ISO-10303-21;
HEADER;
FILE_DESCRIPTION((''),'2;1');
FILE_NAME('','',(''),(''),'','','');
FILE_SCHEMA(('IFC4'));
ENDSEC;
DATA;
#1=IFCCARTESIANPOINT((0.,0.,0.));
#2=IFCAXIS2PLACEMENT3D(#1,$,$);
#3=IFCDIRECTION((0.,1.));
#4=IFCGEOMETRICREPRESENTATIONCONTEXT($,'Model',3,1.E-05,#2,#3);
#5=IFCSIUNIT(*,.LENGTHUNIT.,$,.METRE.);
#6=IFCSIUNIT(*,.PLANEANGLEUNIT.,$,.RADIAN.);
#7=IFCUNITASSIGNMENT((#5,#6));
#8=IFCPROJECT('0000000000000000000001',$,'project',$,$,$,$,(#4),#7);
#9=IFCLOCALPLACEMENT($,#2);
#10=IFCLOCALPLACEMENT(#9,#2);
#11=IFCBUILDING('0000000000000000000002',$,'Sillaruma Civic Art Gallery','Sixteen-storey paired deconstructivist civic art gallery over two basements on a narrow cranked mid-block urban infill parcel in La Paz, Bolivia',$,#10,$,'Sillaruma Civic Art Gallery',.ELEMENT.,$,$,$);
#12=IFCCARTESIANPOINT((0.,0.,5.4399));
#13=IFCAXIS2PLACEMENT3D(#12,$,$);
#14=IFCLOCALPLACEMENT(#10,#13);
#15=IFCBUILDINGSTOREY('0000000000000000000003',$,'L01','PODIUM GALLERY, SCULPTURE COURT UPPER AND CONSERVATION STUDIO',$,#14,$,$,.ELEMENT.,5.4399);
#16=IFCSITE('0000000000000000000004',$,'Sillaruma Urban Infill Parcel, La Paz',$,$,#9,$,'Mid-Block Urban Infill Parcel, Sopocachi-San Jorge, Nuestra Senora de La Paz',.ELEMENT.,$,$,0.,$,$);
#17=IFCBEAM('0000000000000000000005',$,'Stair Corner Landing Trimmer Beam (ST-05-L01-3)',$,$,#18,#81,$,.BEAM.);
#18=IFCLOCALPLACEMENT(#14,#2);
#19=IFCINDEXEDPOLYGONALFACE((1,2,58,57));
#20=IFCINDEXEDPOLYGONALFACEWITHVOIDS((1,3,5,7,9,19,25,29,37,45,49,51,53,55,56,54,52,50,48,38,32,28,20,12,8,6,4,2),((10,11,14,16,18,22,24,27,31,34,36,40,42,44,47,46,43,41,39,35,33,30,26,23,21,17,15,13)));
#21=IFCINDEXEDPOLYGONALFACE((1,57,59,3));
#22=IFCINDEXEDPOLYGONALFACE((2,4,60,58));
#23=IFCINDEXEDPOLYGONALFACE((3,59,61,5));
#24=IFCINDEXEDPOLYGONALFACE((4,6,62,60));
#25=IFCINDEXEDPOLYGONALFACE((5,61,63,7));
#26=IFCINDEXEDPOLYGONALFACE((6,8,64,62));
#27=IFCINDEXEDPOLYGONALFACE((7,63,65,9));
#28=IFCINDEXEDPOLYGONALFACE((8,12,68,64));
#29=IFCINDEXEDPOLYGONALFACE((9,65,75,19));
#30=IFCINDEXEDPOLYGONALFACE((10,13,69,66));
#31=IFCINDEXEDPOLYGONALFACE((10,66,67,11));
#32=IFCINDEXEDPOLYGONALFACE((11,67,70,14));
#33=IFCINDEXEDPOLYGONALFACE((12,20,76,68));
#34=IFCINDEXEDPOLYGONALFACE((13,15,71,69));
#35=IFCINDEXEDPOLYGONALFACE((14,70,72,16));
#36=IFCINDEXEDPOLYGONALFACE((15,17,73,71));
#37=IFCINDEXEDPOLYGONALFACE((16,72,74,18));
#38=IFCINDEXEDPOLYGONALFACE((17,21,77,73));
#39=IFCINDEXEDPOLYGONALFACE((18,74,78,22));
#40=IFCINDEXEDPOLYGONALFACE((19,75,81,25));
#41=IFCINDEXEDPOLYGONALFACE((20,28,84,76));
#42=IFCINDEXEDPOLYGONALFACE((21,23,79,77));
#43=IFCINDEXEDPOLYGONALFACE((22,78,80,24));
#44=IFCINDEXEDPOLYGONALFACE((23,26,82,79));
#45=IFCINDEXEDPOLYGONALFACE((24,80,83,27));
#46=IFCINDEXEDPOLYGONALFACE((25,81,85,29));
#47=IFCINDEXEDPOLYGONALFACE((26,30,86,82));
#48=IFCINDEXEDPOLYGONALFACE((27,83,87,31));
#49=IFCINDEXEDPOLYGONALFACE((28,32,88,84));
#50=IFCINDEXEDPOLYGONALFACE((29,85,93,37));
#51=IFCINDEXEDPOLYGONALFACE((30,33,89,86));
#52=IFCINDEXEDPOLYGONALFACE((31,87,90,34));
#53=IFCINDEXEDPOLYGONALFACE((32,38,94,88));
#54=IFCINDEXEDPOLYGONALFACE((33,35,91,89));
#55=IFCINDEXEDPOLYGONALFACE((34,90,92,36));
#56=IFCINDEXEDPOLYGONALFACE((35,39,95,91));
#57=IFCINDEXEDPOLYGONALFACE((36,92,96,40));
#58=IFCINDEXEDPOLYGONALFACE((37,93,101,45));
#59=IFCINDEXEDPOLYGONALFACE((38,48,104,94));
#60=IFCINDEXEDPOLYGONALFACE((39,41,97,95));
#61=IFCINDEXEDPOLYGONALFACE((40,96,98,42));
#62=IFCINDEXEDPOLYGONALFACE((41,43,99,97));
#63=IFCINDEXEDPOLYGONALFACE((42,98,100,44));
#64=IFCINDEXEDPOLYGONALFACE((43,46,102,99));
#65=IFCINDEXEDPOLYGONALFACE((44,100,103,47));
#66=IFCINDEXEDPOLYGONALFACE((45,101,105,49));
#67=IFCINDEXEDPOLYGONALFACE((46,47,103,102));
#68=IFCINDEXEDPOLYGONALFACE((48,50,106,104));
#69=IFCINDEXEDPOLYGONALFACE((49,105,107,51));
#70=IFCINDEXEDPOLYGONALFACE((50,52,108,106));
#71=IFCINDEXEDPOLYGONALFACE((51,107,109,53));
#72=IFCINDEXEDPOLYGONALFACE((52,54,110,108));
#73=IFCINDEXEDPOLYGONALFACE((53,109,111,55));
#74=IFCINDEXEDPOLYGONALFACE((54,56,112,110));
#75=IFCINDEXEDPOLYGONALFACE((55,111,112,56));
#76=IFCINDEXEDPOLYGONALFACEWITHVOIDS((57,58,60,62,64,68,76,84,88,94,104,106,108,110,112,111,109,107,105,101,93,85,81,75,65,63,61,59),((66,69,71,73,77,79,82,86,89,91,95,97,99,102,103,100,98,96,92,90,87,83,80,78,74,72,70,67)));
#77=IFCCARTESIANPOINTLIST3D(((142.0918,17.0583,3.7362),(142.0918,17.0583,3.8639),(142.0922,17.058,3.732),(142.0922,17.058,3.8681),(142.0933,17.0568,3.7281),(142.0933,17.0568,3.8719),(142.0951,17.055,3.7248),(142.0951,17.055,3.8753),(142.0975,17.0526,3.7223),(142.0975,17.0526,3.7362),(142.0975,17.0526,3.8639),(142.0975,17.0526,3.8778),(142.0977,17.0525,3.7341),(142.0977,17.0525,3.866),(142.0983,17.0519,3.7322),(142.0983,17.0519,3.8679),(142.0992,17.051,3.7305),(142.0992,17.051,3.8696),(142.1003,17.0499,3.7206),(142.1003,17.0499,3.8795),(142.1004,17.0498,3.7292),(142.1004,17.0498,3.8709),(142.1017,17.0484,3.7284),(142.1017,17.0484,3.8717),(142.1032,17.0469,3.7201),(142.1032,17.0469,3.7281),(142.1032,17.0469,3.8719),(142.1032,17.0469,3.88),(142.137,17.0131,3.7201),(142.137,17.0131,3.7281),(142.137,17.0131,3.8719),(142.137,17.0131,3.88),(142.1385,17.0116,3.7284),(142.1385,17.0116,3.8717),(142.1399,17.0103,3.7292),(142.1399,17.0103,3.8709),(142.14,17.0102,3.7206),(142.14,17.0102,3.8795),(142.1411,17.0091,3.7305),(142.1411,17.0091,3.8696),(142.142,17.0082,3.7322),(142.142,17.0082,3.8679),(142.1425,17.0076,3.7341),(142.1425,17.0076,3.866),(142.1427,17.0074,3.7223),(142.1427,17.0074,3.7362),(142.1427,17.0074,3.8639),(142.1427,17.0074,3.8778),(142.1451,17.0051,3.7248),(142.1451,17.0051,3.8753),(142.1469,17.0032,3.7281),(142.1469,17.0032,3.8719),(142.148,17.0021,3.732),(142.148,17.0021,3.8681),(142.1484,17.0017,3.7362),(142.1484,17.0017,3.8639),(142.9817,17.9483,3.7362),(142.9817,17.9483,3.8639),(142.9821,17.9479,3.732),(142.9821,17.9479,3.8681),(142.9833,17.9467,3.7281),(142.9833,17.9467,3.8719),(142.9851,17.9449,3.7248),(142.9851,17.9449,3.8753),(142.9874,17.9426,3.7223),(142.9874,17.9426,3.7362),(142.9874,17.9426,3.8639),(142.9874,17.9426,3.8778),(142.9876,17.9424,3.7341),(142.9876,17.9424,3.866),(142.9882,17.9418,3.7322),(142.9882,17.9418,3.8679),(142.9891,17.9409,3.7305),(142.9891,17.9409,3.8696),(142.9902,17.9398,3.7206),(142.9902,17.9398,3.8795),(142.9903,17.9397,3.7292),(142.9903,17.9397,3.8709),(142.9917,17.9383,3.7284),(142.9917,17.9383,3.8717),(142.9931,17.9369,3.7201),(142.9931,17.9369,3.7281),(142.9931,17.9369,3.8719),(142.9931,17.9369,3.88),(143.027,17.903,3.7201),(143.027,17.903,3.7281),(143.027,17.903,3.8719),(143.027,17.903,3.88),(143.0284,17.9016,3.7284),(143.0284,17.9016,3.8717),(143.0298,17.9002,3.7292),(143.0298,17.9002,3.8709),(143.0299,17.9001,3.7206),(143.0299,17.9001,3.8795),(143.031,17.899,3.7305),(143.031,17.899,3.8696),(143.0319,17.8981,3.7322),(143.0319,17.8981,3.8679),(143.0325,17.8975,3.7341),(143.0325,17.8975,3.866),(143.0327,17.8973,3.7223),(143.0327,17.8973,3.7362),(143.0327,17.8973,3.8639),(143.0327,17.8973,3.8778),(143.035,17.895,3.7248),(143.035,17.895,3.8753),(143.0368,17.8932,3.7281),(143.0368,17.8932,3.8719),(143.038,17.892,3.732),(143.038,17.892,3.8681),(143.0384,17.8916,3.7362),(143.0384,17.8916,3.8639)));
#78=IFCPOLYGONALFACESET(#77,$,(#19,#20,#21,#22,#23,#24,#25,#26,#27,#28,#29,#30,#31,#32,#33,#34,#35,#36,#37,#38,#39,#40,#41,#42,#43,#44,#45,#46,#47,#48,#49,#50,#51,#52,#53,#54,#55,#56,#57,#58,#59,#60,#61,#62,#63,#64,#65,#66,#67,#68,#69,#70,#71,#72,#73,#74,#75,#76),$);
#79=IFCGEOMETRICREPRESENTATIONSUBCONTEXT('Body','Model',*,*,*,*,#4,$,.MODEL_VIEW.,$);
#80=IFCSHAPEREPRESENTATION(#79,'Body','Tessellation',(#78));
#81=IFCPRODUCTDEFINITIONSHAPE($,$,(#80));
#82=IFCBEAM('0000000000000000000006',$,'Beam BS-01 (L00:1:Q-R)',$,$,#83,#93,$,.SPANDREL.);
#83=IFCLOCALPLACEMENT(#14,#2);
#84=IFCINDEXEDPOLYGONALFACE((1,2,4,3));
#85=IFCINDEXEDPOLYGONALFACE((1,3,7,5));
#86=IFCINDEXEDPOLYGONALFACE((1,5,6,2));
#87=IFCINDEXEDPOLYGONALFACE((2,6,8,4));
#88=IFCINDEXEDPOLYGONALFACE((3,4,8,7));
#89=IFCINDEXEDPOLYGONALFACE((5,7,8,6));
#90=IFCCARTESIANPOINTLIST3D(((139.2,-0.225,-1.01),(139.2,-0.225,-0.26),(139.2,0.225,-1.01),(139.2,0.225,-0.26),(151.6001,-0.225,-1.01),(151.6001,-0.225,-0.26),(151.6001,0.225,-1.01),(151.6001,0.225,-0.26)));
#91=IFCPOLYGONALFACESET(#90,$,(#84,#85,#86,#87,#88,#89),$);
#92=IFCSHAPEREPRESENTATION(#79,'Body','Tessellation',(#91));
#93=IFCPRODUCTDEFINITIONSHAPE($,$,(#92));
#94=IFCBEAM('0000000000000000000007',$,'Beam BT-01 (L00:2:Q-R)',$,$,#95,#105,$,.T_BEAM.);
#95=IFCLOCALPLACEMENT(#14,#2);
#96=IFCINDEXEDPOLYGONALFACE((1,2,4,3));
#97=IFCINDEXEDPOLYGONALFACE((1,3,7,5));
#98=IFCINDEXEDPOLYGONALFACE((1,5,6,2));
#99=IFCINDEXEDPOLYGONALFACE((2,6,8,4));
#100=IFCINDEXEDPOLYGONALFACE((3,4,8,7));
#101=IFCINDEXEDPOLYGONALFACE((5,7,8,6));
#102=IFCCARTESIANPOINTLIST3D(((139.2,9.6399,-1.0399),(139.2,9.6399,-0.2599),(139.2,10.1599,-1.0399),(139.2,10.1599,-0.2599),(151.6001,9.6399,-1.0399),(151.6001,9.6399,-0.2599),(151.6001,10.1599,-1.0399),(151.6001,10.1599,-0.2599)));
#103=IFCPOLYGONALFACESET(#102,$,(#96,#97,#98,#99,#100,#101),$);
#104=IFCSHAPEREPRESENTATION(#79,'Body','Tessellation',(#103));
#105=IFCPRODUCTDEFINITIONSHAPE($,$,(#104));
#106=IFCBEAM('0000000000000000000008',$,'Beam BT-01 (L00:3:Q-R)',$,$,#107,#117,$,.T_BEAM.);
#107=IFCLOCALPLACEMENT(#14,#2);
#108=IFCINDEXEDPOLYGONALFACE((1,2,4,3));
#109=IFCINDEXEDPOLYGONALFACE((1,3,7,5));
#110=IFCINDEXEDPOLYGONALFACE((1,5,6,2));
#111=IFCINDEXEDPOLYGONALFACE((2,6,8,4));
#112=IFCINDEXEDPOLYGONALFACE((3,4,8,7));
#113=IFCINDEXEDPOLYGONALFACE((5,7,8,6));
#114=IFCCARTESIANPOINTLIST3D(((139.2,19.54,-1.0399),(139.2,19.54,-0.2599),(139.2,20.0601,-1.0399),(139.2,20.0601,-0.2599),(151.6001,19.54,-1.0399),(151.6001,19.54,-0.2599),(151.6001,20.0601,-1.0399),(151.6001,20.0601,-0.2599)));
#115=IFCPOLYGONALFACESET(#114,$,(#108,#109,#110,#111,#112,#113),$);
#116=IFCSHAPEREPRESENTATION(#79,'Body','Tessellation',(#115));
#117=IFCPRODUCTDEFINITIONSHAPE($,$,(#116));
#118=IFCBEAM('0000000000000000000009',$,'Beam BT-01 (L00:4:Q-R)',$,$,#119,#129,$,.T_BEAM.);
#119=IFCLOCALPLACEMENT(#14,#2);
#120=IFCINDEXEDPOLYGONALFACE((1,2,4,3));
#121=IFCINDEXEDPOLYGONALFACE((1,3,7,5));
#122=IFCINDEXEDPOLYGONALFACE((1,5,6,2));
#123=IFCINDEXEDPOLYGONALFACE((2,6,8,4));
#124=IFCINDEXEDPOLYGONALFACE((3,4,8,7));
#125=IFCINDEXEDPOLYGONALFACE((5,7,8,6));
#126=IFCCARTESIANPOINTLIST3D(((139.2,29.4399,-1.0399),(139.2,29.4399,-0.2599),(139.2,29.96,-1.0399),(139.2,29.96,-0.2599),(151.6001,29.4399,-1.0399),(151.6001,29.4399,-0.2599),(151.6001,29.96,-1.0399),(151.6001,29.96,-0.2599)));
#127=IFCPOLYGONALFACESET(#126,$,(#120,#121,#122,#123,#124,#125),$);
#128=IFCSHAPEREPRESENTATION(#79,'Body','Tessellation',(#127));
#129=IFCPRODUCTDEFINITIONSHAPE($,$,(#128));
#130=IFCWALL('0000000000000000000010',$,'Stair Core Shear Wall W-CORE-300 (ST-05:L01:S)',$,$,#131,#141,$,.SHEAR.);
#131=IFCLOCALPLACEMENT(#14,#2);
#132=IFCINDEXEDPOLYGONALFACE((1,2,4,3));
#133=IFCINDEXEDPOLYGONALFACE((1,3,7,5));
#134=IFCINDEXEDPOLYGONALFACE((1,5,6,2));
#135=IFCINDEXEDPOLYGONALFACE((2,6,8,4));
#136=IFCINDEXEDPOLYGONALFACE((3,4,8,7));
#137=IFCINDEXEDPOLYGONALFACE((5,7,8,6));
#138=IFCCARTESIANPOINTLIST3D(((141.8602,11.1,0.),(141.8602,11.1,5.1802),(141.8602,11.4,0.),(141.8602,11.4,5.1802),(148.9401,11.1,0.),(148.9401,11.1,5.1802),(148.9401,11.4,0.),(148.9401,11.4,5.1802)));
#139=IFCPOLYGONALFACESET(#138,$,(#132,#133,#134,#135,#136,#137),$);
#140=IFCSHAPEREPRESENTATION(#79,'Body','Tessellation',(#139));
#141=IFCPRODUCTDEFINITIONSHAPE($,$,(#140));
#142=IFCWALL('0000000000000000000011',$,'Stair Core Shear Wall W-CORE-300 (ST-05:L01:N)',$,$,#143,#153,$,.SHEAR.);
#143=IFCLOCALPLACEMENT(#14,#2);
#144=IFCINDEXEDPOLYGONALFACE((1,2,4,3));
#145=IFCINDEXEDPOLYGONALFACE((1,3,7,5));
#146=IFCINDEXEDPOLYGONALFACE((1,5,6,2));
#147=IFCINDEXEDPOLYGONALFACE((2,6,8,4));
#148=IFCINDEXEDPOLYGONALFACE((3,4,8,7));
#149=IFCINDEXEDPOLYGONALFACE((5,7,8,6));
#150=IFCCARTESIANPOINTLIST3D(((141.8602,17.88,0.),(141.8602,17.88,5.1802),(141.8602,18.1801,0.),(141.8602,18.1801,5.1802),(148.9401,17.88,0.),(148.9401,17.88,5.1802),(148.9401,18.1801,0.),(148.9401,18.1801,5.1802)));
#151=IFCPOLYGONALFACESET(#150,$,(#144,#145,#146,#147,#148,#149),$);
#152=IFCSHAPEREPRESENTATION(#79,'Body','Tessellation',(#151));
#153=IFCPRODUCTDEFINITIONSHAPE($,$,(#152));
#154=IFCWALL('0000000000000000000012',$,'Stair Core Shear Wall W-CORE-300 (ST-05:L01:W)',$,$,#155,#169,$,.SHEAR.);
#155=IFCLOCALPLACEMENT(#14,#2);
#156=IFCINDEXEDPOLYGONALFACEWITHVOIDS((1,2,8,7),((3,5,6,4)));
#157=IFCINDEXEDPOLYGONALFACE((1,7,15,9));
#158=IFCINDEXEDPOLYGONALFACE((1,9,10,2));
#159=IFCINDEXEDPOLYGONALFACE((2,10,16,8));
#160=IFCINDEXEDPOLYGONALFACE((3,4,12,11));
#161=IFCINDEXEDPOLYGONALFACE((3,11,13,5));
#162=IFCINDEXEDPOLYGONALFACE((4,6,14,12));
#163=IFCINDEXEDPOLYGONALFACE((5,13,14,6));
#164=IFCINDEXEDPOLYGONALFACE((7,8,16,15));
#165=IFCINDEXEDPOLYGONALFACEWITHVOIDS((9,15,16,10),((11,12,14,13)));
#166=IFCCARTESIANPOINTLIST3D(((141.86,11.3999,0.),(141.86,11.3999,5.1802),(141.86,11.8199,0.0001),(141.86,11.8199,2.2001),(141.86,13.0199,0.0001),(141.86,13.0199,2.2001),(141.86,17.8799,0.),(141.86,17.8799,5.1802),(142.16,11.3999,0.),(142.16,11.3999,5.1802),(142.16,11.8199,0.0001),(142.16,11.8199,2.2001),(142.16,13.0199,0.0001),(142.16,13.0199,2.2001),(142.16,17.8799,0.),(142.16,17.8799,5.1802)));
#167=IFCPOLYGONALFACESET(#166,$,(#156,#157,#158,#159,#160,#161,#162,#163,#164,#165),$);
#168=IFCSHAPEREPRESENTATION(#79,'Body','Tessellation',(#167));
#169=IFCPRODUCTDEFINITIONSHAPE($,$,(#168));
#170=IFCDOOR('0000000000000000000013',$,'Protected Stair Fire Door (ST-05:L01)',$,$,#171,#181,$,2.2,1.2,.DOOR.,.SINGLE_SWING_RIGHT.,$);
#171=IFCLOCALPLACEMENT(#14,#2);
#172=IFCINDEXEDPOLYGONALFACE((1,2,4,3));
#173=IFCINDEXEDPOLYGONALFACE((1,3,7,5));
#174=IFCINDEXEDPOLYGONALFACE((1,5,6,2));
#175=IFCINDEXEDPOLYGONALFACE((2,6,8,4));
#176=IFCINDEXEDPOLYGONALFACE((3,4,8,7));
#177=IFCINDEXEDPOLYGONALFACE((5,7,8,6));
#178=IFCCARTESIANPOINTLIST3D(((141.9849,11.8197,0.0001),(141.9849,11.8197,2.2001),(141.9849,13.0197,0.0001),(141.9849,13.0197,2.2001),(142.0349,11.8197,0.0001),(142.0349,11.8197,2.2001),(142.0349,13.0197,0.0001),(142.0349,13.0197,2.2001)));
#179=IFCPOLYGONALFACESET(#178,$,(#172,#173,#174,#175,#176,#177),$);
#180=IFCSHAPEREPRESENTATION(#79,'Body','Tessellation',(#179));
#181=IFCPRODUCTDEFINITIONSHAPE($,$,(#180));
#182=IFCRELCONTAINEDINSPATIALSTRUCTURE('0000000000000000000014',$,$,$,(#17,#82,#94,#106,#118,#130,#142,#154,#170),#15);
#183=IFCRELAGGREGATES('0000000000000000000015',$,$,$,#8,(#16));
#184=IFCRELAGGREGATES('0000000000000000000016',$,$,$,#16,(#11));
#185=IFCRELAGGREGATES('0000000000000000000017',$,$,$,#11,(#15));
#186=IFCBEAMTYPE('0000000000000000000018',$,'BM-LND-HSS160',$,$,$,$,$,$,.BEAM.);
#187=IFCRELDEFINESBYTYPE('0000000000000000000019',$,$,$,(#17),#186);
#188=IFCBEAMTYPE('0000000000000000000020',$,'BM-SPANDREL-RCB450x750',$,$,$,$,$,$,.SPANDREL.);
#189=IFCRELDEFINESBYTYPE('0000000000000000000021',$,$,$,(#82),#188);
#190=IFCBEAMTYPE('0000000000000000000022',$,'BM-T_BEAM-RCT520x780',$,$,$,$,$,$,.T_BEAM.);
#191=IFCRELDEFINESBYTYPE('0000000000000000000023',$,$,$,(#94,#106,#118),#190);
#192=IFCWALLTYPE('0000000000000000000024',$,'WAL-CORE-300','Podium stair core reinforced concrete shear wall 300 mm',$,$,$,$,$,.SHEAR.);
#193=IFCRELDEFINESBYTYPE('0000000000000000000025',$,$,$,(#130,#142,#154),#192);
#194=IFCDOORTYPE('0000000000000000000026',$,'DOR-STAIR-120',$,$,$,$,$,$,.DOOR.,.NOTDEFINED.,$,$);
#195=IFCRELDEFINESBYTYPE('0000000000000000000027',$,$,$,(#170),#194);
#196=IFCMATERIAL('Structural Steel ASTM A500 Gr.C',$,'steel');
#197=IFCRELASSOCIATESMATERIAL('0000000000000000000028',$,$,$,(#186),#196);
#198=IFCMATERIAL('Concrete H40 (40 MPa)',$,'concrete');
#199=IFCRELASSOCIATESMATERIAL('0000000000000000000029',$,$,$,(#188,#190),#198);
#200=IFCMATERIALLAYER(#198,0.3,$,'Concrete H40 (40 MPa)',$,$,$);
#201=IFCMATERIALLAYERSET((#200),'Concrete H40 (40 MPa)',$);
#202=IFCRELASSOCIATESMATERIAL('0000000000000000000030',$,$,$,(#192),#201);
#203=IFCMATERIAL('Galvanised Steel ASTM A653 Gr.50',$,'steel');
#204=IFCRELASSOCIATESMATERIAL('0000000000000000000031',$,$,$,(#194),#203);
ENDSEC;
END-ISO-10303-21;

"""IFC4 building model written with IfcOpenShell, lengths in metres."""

from ifc_helpers import new_model, si_unit, direction, frame, frame_2d, origin, origin_2d, place, context, subcontext, project, spatial, rectangle, hollow_rectangle, extrude, material, layer, layer_set, material_profile, profile_set, type_object, element, fill, save


model = new_model("IFC4")

# Units and contexts
model_context = context("Model", 3, precision=1e-05, world=origin(), true_north=direction((0.0, 1.0)))
body_context = subcontext(model_context, "Body", "Model", "MODEL_VIEW")
ifc_project = project(units=[si_unit("LENGTHUNIT", "METRE"), si_unit("PLANEANGLEUNIT", "RADIAN")], contexts=[model_context])

# Site, building, storey
site_placement = place(None, origin())
site = spatial("IfcSite", under=ifc_project, at=site_placement, Name="Sillaruma Urban Infill Parcel, La Paz", LongName="Mid-Block Urban Infill Parcel, Sopocachi-San Jorge, Nuestra Senora de La Paz", CompositionType="ELEMENT", RefElevation=0.0)
building_placement = place(site_placement, origin())
building = spatial("IfcBuilding", under=site, at=building_placement, Name="Sillaruma Civic Art Gallery", Description="Sixteen-storey paired deconstructivist civic art gallery over two basements on a narrow cranked mid-block urban infill parcel in La Paz, Bolivia", LongName="Sillaruma Civic Art Gallery", CompositionType="ELEMENT")
storey_placement = place(building_placement, frame((0.0, 0.0, 5.4399)))
storey = spatial("IfcBuildingStorey", under=building, at=storey_placement, Name="L01", Description="PODIUM GALLERY, SCULPTURE COURT UPPER AND CONSERVATION STUDIO", CompositionType="ELEMENT", Elevation=5.4399)

# Shared definitions
ifc_material_1 = material(Name="Concrete H40 (40 MPa)", Category="concrete")

# Beams
ifc_material_2 = material(Name="Structural Steel ASTM A500 Gr.C", Category="steel")
ifc_material_profile_1 = material_profile(ifc_material_2, hollow_rectangle(XDim=0.0801, YDim=0.1599, WallThickness=0.0081, InnerFilletRadius=0.0081, OuterFilletRadius=0.0161, at=origin_2d()), Name="HSS160x80x8")
ifc_profile_set_1 = profile_set([ifc_material_profile_1], Name="Structural Steel ASTM A500 Gr.C")
beam_type_1 = type_object("IfcBeamType", Name="BM-LND-HSS160", PredefinedType="BEAM", material=ifc_profile_set_1)
beam_1_placement = place(storey_placement, frame((142.1201, 17.03, 3.8), z_axis=(0.707107, 0.707107, 0.0), x_axis=(-0.707107, 0.707107, 0.0)))
element("IfcBeam", 1, at=beam_1_placement, inside=storey, type_object=beam_type_1, Name="Stair Corner Landing Trimmer Beam (ST-05-L01-3)", PredefinedType="BEAM", context=body_context, shape_type="SweptSolid", body=[
    extrude(hollow_rectangle(XDim=0.0801, YDim=0.1599, WallThickness=0.0081, InnerFilletRadius=0.0081, OuterFilletRadius=0.0161, at=origin_2d()), origin(), (0.0, 0.0, 1.0), 1.2585),
])
ifc_material_profile_2 = material_profile(ifc_material_1, rectangle(XDim=0.45, YDim=0.75, at=origin_2d()), Name="RCB450x750")
ifc_profile_set_2 = profile_set([ifc_material_profile_2], Name="Concrete H40 (40 MPa)")
beam_type_2 = type_object("IfcBeamType", Name="BM-SPANDREL-RCB450x750", PredefinedType="SPANDREL", material=ifc_profile_set_2)
beam_2_placement = place(storey_placement, frame((139.2, 0.0, -0.635), z_axis=(1.0, 0.0, 0.0), x_axis=(0.0, 1.0, 0.0)))
element("IfcBeam", 2, at=beam_2_placement, inside=storey, type_object=beam_type_2, Name="Beam BS-01 (L00:1:Q-R)", PredefinedType="SPANDREL", context=body_context, shape_type="SweptSolid", body=[
    extrude(rectangle(XDim=0.45, YDim=0.75, at=origin_2d()), origin(), (0.0, 0.0, 1.0), 12.4001),
])
ifc_material_profile_3 = material_profile(ifc_material_1, rectangle(XDim=0.52, YDim=0.78, at=origin_2d()), Name="RCT520x780")
ifc_profile_set_3 = profile_set([ifc_material_profile_3], Name="Concrete H40 (40 MPa)")
beam_type_3 = type_object("IfcBeamType", Name="BM-T_BEAM-RCT520x780", PredefinedType="T_BEAM", material=ifc_profile_set_3)
for number, where, z_axis, x_axis, name in (
    (3, (139.2, 9.8999, -0.6499), (1.0, 0.0, 0.0), (0.0, 1.0, 0.0), "Beam BT-01 (L00:2:Q-R)"),
    (4, (139.2, 19.8, -0.6499), (1.0, 0.0, 0.0), (0.0, 1.0, 0.0), "Beam BT-01 (L00:3:Q-R)"),
    (5, (139.2, 29.7, -0.6499), (1.0, 0.0, 0.0), (0.0, 1.0, 0.0), "Beam BT-01 (L00:4:Q-R)"),
):
    element("IfcBeam", number, at=place(storey_placement, frame(where, z_axis=z_axis, x_axis=x_axis)), inside=storey, type_object=beam_type_3, Name=name, PredefinedType="T_BEAM", context=body_context, shape_type="SweptSolid", body=[
        extrude(rectangle(XDim=0.52, YDim=0.78, at=origin_2d()), origin(), (0.0, 0.0, 1.0), 12.4001),
    ])

# Walls
ifc_layer_1 = layer(ifc_material_1, 0.3, Name="Concrete H40 (40 MPa)")
ifc_layer_set_1 = layer_set([ifc_layer_1], Name="Concrete H40 (40 MPa)")
wall_type_1 = type_object("IfcWallType", Name="WAL-CORE-300", Description="Podium stair core reinforced concrete shear wall 300 mm", PredefinedType="SHEAR", material=ifc_layer_set_1)
for number, where, z_axis, x_axis, name in (
    (6, (141.8601, 11.25, 0.0), (0.0, 0.0, 1.0), (1.0, 0.0, 0.0), "Stair Core Shear Wall W-CORE-300 (ST-05:L01:S)"),
    (7, (141.8601, 18.03, 0.0), (0.0, 0.0, 1.0), (1.0, 0.0, 0.0), "Stair Core Shear Wall W-CORE-300 (ST-05:L01:N)"),
):
    element("IfcWall", number, at=place(storey_placement, frame(where, z_axis=z_axis, x_axis=x_axis)), inside=storey, type_object=wall_type_1, Name=name, PredefinedType="SHEAR", context=body_context, shape_type="SweptSolid", body=[
        extrude(rectangle(XDim=7.0798, YDim=0.3, at=frame_2d((3.54, 0.0))), origin(), (0.0, 0.0, 1.0), 5.1802),
    ])

# Wall, opening, door
wall_1_placement = place(storey_placement, frame((142.01, 11.3999, 0.0), z_axis=(0.0, 0.0, 1.0), x_axis=(0.0, 1.0, 0.0)))
wall_1 = element("IfcWall", 8, at=wall_1_placement, inside=storey, type_object=wall_type_1, Name="Stair Core Shear Wall W-CORE-300 (ST-05:L01:W)", PredefinedType="SHEAR", context=body_context, shape_type="SweptSolid", body=[
    extrude(rectangle(XDim=6.48, YDim=0.3, at=frame_2d((3.24, 0.0))), origin(), (0.0, 0.0, 1.0), 5.1802),
])
opening_placement = place(wall_1_placement, frame((0.4199, 0.0, 0.0)))
opening = element("IfcOpeningElement", 9, at=opening_placement, cuts=wall_1, PredefinedType="OPENING", context=body_context, shape_type="SweptSolid", body=[
    extrude(rectangle(XDim=1.2, YDim=2.2, at=frame_2d((0.6001, 1.1001))), frame((0.0, 0.1599, 0.0), z_axis=(0.0, -1.0, 0.0), x_axis=(1.0, 0.0, 0.0)), (0.0, 0.0, 1.0), 0.3201),
])
ifc_material_3 = material(Name="Galvanised Steel ASTM A653 Gr.50", Category="steel")
door_type = type_object("IfcDoorType", Name="DOR-STAIR-120", OperationType="NOTDEFINED", PredefinedType="DOOR", material=ifc_material_3)
door_placement = place(opening_placement, frame((1.2, 0.0, 0.0), z_axis=(0.0, 0.0, 1.0), x_axis=(-1.0, 0.0, 0.0)))
door = element("IfcDoor", 10, at=door_placement, inside=storey, type_object=door_type, Name="Protected Stair Fire Door (ST-05:L01)", OperationType="SINGLE_SWING_RIGHT", OverallHeight=2.2, OverallWidth=1.2, PredefinedType="DOOR", context=body_context, shape_type="SweptSolid", body=[
    extrude(rectangle(XDim=1.2, YDim=2.2, at=frame_2d((0.6001, 1.1001))), frame((0.0, 0.0249, 0.0), z_axis=(0.0, -1.0, 0.0), x_axis=(1.0, 0.0, 0.0)), (0.0, 0.0, 1.0), 0.05),
])
fill(opening, door)

save(model, "model.ifc")
